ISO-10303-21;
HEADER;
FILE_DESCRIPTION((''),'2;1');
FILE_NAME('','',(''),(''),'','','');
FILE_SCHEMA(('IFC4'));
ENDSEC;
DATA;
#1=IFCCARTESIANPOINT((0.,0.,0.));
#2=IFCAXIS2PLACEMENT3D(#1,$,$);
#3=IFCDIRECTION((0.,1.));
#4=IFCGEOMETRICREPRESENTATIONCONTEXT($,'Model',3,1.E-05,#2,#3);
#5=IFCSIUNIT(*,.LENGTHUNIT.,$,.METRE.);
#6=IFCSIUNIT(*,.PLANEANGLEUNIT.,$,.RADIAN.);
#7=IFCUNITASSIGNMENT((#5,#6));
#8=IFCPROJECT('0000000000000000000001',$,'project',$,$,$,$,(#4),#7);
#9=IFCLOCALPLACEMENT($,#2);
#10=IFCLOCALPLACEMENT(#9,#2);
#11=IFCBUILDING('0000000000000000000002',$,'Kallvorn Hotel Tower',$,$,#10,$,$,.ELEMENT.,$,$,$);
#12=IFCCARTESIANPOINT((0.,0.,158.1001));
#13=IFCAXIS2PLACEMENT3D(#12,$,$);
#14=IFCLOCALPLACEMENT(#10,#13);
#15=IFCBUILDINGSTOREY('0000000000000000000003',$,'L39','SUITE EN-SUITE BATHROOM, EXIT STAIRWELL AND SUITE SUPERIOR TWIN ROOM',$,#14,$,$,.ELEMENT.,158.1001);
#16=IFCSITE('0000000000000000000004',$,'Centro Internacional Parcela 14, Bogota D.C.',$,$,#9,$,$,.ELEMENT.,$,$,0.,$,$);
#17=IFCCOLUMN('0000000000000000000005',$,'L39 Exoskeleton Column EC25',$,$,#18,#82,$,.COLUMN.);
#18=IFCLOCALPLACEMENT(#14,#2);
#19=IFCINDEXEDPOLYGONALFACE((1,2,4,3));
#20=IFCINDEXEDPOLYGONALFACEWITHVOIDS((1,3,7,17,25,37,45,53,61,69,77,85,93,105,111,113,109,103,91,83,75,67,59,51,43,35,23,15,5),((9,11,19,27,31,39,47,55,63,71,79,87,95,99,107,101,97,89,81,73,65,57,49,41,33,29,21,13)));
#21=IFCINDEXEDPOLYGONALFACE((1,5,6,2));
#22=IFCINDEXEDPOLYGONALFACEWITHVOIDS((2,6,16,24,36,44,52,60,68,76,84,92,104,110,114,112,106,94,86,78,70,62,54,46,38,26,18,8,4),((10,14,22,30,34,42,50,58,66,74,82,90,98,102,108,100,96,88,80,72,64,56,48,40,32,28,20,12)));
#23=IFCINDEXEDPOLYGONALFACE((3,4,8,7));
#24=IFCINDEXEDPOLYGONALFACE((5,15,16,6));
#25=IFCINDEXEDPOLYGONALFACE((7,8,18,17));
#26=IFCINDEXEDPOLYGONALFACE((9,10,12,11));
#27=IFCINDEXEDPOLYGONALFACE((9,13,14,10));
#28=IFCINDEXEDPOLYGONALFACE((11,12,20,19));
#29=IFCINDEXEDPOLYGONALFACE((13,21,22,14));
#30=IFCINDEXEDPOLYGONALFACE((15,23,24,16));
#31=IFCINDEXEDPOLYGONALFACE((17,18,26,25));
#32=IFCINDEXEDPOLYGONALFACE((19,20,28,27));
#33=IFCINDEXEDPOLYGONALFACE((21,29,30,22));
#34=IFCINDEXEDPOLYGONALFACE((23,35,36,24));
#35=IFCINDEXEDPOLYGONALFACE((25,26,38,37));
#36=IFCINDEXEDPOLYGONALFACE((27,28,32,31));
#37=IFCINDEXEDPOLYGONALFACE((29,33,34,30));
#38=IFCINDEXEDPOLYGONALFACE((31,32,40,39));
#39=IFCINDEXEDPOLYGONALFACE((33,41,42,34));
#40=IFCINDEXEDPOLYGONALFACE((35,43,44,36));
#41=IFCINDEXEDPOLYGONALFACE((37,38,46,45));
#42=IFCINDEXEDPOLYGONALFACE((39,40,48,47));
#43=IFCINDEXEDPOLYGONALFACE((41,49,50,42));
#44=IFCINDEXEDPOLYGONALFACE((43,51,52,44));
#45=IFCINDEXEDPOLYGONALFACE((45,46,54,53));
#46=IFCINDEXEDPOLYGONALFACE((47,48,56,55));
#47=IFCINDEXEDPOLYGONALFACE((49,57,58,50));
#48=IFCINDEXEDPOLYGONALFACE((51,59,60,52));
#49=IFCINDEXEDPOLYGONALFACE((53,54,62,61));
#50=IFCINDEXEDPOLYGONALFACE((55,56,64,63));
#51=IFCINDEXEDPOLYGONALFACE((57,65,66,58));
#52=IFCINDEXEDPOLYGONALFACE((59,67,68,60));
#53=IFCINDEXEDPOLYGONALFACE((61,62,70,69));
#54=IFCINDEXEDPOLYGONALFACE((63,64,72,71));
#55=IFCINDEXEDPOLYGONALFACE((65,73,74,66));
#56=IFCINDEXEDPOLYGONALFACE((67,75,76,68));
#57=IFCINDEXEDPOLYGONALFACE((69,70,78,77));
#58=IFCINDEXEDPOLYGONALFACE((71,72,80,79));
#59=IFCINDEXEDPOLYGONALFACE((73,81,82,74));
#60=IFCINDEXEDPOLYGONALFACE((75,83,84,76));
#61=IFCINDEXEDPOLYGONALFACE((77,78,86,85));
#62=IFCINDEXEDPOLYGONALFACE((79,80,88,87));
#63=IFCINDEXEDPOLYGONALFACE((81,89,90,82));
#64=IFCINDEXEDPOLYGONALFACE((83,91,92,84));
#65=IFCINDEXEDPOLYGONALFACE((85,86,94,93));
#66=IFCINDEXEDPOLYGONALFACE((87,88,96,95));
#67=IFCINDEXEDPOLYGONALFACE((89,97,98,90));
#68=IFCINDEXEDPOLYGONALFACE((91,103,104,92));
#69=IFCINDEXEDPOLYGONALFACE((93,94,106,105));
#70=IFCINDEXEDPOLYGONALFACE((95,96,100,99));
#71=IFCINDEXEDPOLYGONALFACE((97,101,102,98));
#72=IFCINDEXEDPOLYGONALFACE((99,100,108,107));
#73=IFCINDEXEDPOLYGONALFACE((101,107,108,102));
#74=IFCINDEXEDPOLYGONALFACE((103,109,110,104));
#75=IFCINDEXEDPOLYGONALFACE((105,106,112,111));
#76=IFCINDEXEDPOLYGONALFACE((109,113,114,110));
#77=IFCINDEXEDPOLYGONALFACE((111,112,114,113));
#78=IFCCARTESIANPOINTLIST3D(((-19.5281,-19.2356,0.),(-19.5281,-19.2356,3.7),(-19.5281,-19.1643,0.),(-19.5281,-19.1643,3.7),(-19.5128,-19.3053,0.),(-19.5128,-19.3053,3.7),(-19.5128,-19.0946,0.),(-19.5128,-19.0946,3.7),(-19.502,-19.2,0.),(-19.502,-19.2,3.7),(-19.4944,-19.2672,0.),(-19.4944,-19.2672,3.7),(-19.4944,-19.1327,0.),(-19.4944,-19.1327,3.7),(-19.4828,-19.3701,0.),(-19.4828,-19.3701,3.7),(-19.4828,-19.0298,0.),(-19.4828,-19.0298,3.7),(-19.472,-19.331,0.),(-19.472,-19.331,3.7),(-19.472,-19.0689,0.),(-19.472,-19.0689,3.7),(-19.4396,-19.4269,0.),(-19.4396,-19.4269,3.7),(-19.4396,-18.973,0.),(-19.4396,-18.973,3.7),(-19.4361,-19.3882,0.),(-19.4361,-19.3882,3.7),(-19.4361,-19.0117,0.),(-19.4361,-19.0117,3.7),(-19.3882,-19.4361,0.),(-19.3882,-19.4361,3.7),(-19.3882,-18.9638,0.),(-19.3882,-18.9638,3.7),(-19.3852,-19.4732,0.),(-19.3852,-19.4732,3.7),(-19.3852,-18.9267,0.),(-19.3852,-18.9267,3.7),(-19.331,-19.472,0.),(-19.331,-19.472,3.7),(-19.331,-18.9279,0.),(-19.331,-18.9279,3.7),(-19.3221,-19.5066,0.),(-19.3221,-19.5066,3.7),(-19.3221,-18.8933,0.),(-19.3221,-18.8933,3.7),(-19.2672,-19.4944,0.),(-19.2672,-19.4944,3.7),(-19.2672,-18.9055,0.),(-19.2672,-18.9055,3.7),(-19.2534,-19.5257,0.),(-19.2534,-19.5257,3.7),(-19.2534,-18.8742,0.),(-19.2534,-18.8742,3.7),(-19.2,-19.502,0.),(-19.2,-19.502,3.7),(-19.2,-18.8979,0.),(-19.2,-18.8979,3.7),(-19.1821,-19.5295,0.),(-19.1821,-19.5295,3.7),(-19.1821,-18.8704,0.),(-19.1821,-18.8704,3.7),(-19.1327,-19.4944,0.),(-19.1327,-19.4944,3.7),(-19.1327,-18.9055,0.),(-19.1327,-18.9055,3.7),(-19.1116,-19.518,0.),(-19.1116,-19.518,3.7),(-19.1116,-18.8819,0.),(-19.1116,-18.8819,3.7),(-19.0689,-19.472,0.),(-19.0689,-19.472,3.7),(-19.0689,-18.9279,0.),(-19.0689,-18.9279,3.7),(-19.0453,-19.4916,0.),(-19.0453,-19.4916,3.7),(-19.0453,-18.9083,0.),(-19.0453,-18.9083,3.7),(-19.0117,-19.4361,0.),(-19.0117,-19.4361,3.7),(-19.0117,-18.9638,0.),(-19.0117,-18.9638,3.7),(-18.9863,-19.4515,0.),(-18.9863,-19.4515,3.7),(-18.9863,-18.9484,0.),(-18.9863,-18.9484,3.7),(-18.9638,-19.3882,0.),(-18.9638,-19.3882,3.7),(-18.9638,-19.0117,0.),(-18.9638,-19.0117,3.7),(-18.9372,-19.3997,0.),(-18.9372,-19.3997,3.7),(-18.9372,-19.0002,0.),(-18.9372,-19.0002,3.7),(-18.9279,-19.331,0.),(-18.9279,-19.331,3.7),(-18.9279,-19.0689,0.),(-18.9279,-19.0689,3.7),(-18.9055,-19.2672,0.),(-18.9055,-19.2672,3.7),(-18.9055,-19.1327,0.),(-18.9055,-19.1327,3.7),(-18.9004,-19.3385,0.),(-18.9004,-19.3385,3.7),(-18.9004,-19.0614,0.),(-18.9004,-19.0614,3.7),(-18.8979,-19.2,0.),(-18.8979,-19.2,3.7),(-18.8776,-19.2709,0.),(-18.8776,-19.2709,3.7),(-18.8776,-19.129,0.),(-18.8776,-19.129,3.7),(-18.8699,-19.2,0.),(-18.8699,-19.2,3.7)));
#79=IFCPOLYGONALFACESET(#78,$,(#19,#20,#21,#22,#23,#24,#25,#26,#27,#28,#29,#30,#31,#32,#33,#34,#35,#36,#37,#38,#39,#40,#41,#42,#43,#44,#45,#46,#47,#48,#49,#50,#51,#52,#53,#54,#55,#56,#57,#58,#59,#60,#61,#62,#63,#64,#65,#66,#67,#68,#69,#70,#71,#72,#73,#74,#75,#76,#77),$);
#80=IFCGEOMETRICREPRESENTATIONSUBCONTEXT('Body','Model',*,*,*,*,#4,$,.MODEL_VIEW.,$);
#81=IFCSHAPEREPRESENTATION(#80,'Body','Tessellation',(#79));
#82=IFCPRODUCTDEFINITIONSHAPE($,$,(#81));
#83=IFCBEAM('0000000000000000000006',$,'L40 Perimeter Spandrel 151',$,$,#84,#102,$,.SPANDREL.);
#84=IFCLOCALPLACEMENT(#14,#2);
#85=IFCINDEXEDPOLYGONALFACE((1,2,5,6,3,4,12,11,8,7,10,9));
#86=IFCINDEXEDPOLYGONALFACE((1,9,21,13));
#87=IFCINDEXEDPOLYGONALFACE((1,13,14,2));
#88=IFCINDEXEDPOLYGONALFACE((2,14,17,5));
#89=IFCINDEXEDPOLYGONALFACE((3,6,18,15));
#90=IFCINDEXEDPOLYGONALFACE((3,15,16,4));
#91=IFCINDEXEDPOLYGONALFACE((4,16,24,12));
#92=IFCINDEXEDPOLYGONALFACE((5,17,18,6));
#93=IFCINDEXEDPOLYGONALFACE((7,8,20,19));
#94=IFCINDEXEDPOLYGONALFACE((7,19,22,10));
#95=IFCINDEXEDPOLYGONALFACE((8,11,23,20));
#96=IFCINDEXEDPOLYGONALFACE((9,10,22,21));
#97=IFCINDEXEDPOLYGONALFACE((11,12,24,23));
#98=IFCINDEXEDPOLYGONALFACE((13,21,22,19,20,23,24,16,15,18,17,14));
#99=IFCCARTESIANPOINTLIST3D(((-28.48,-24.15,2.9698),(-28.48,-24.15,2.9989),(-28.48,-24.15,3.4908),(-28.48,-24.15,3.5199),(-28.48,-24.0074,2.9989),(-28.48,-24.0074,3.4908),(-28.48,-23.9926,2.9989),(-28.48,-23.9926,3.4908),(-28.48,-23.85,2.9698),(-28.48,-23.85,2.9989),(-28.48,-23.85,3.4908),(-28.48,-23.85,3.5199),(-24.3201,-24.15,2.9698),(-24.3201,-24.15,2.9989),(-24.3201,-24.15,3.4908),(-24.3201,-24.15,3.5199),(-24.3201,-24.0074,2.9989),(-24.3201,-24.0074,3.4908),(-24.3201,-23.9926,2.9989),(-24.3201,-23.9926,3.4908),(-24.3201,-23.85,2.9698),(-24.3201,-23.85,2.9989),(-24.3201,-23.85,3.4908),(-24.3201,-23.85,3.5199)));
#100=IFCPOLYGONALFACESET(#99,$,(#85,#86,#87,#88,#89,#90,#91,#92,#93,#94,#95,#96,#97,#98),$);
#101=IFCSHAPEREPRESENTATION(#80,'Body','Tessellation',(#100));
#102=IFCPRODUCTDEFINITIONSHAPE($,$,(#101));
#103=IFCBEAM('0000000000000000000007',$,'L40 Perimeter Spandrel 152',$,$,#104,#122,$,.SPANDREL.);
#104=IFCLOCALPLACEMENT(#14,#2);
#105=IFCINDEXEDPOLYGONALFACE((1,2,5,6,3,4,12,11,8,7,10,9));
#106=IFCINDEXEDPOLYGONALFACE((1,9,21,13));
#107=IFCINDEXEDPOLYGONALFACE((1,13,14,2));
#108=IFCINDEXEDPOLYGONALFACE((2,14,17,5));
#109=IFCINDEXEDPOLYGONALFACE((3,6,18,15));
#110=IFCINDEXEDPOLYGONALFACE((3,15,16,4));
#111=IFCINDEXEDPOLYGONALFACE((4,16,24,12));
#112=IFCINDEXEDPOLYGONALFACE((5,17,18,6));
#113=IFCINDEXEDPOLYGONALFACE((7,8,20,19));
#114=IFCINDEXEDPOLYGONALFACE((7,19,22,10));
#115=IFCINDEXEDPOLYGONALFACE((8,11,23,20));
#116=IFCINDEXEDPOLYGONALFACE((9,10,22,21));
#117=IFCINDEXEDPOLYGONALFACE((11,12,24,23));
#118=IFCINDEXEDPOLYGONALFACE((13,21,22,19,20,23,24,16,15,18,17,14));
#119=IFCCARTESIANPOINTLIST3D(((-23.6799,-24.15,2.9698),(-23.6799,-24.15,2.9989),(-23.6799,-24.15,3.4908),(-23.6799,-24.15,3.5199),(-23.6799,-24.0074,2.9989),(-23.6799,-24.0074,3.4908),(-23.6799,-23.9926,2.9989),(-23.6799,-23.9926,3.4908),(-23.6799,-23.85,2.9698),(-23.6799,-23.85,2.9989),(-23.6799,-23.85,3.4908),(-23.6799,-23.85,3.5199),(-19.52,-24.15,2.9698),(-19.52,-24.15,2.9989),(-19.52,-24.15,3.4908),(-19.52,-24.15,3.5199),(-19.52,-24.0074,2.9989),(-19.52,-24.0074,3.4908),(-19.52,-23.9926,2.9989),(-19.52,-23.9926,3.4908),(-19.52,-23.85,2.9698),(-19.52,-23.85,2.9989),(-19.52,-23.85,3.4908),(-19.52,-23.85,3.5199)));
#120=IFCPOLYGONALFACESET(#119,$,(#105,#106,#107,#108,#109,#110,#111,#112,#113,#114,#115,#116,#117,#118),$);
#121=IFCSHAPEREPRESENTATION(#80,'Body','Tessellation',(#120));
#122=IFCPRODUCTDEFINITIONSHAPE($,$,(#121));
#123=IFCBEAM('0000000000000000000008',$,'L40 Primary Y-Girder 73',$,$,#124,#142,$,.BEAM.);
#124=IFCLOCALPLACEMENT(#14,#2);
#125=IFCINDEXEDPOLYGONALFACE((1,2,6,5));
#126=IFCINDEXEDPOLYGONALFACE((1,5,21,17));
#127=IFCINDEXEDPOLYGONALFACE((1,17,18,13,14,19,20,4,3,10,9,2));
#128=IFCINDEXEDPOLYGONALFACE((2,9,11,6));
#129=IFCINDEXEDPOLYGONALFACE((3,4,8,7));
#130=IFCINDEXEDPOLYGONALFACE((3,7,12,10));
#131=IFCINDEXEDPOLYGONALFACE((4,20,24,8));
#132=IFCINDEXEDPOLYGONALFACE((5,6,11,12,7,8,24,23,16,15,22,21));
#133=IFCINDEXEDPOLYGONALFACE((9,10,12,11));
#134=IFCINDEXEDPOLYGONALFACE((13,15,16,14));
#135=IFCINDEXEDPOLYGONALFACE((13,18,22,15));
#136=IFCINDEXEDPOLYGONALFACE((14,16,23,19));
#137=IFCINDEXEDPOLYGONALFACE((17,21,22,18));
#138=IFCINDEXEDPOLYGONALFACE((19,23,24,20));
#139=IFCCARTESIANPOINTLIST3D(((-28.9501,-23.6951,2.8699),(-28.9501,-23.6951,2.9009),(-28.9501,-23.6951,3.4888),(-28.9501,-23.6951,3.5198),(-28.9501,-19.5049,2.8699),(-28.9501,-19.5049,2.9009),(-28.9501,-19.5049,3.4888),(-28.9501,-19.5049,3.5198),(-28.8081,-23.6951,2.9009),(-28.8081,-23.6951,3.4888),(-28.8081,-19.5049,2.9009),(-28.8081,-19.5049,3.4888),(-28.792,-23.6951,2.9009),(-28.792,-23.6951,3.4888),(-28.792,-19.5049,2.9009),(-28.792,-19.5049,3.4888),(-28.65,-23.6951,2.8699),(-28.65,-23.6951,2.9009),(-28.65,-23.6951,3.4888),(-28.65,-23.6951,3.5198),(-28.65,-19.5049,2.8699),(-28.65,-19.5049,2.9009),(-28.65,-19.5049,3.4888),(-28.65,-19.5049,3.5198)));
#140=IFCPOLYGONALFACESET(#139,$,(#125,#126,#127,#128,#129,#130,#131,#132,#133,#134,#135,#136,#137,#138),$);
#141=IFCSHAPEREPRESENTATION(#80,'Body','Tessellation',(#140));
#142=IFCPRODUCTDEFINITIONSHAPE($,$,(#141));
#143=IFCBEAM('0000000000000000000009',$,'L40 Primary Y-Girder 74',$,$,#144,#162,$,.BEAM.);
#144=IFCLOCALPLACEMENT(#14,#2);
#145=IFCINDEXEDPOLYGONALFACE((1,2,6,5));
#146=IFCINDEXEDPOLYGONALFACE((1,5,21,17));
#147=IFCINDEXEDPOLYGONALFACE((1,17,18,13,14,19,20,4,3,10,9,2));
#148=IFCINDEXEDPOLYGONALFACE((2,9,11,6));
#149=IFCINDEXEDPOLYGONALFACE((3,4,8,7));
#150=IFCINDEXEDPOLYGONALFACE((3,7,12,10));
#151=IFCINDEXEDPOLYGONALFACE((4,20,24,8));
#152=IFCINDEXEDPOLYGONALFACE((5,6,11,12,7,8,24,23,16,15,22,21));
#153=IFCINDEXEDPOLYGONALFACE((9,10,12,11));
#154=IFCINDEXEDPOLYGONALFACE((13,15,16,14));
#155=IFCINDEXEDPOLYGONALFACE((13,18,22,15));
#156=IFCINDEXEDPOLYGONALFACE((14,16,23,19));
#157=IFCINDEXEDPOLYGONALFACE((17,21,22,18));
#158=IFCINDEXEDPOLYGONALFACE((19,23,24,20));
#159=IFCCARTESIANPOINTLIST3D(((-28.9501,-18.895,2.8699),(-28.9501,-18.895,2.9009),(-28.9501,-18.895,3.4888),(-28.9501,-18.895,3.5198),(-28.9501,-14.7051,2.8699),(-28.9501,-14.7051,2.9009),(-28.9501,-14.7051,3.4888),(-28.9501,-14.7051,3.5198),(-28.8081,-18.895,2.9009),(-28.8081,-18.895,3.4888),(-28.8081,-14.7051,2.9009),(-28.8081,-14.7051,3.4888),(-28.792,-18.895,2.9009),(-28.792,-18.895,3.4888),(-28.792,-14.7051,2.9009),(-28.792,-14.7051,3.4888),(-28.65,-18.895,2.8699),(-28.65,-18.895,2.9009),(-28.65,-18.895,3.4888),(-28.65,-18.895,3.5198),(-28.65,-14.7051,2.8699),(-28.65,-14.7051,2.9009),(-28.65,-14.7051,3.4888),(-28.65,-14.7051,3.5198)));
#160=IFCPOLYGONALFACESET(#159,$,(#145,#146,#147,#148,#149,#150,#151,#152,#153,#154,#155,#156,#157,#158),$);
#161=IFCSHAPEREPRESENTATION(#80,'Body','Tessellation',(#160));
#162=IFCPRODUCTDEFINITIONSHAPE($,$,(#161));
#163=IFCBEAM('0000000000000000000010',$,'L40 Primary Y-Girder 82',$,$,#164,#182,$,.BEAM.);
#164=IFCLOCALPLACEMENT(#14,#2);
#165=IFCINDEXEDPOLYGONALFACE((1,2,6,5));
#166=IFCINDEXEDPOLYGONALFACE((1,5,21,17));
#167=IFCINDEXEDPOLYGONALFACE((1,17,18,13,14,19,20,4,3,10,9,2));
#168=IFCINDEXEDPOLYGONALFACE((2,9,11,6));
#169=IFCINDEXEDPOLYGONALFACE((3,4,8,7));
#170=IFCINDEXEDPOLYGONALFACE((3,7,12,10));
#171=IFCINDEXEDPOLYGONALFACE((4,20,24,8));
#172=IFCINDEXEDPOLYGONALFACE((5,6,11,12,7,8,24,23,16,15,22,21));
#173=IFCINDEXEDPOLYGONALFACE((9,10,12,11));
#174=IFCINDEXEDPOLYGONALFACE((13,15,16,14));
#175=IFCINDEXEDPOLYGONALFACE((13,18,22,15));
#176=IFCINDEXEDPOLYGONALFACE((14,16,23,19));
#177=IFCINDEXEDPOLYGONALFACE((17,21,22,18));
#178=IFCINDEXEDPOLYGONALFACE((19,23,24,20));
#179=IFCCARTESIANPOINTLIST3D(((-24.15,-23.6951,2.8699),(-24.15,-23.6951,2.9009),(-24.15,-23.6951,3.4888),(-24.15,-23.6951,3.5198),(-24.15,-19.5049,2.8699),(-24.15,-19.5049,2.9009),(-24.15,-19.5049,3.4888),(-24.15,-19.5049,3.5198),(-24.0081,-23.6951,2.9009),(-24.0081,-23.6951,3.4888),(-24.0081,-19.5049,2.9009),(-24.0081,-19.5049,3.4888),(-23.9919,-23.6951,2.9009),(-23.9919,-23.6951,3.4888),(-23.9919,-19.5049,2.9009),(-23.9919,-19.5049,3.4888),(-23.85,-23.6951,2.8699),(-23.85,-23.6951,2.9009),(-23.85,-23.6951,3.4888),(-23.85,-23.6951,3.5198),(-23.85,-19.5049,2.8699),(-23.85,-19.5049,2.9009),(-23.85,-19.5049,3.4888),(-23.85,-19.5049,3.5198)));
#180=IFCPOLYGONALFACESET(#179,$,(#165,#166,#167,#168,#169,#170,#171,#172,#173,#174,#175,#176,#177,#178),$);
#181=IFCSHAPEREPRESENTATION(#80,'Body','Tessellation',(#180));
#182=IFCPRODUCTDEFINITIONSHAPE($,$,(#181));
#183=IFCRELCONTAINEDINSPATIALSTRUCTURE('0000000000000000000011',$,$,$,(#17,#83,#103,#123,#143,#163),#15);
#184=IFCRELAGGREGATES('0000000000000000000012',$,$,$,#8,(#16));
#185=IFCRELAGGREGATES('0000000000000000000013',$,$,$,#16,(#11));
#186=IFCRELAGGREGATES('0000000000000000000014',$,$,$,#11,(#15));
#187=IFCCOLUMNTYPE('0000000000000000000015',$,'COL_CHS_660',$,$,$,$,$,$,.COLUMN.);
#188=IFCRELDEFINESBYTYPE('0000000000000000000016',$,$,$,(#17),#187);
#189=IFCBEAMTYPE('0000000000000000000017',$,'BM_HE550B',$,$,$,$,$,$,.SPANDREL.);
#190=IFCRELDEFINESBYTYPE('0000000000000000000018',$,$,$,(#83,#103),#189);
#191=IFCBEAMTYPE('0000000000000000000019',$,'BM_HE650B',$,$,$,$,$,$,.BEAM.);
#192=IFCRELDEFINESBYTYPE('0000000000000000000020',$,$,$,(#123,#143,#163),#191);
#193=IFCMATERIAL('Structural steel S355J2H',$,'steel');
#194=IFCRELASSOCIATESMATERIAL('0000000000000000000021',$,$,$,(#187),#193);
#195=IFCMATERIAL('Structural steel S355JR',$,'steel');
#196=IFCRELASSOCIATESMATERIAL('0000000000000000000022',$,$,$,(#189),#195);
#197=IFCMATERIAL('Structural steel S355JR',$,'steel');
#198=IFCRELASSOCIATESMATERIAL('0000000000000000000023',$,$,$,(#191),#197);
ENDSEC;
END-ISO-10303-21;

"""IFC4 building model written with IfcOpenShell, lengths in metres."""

from ifc_helpers import new_model, si_unit, direction, frame, origin, origin_2d, place, context, subcontext, project, spatial, hollow_circle, i_section, extrude, material, material_profile, profile_set, type_object, element, save


model = new_model("IFC4")

# Units and contexts
model_context = context("Model", 3, precision=1e-05, world=origin(), true_north=direction((0.0, 1.0)))
body_context = subcontext(model_context, "Body", "Model", "MODEL_VIEW")
ifc_project = project(units=[si_unit("LENGTHUNIT", "METRE"), si_unit("PLANEANGLEUNIT", "RADIAN")], contexts=[model_context])

# Site, building, storey
site_placement = place(None, origin())
site = spatial("IfcSite", under=ifc_project, at=site_placement, Name="Centro Internacional Parcela 14, Bogota D.C.", CompositionType="ELEMENT", RefElevation=0.0)
building_placement = place(site_placement, origin())
building = spatial("IfcBuilding", under=site, at=building_placement, Name="Kallvorn Hotel Tower", CompositionType="ELEMENT")
storey_placement = place(building_placement, frame((0.0, 0.0, 158.1001)))
storey = spatial("IfcBuildingStorey", under=building, at=storey_placement, Name="L39", Description="SUITE EN-SUITE BATHROOM, EXIT STAIRWELL AND SUITE SUPERIOR TWIN ROOM", CompositionType="ELEMENT", Elevation=158.1001)

# Column
ifc_material_1 = material(Name="Structural steel S355J2H", Category="steel")
ifc_material_profile_1 = material_profile(ifc_material_1, hollow_circle(Radius=0.3301, WallThickness=0.0281, at=origin_2d()), Name="CHS 660x28")
ifc_profile_set_1 = profile_set([ifc_material_profile_1], Name="Structural steel S355J2H")
column_type = type_object("IfcColumnType", Name="COL_CHS_660", PredefinedType="COLUMN", material=ifc_profile_set_1)
for number, where, z_axis, x_axis, name in (
    (1, (-19.2, -19.2, 0.0), (0.0, 0.0, 1.0), (1.0, 0.0, 0.0), "L39 Exoskeleton Column EC25"),
):
    element("IfcColumn", number, at=place(storey_placement, frame(where, z_axis=z_axis, x_axis=x_axis)), inside=storey, type_object=column_type, Name=name, PredefinedType="COLUMN", context=body_context, shape_type="SweptSolid", body=[
        extrude(hollow_circle(Radius=0.3301, WallThickness=0.0281, at=origin_2d()), origin(), (0.0, 0.0, 1.0), 3.7),
    ])

# Beams
ifc_material_2 = material(Name="Structural steel S355JR", Category="steel")
ifc_material_profile_2 = material_profile(ifc_material_2, i_section(OverallWidth=0.3, OverallDepth=0.55, WebThickness=0.0149, FlangeThickness=0.0291, at=origin_2d()), Name="HE 550 B")
ifc_profile_set_2 = profile_set([ifc_material_profile_2], Name="Structural steel S355JR")
beam_type_1 = type_object("IfcBeamType", Name="BM_HE550B", PredefinedType="SPANDREL", material=ifc_profile_set_2)
for number, where, z_axis, x_axis, name in (
    (2, (-28.48, -24.0, 3.2449), (1.0, 0.0, 0.0), (0.0, 1.0, 0.0), "L40 Perimeter Spandrel 151"),
    (3, (-23.6799, -24.0, 3.2449), (1.0, 0.0, 0.0), (0.0, 1.0, 0.0), "L40 Perimeter Spandrel 152"),
):
    element("IfcBeam", number, at=place(storey_placement, frame(where, z_axis=z_axis, x_axis=x_axis)), inside=storey, type_object=beam_type_1, Name=name, PredefinedType="SPANDREL", context=body_context, shape_type="SweptSolid", body=[
        extrude(i_section(OverallWidth=0.3, OverallDepth=0.55, WebThickness=0.0149, FlangeThickness=0.0291, at=origin_2d()), origin(), (0.0, 0.0, 1.0), 4.1599),
    ])
ifc_material_3 = material(Name="Structural steel S355JR", Category="steel")
ifc_material_profile_3 = material_profile(ifc_material_3, i_section(OverallWidth=0.3, OverallDepth=0.6499, WebThickness=0.0161, FlangeThickness=0.031, at=origin_2d()), Name="HE 650 B")
ifc_profile_set_3 = profile_set([ifc_material_profile_3], Name="Structural steel S355JR")
beam_type_2 = type_object("IfcBeamType", Name="BM_HE650B", PredefinedType="BEAM", material=ifc_profile_set_3)
beam_1_placement = place(storey_placement, frame((-28.8, -23.6951, 3.1948), z_axis=(0.0, 1.0, 0.0), x_axis=(-1.0, 0.0, 0.0)))
element("IfcBeam", 4, at=beam_1_placement, inside=storey, type_object=beam_type_2, Name="L40 Primary Y-Girder 73", PredefinedType="BEAM", context=body_context, shape_type="SweptSolid", body=[
    extrude(i_section(OverallWidth=0.3, OverallDepth=0.6499, WebThickness=0.0161, FlangeThickness=0.031, at=origin_2d()), origin(), (0.0, 0.0, 1.0), 4.1902),
])
beam_2_placement = place(storey_placement, frame((-28.8, -18.895, 3.1948), z_axis=(0.0, 1.0, 0.0), x_axis=(-1.0, 0.0, 0.0)))
element("IfcBeam", 5, at=beam_2_placement, inside=storey, type_object=beam_type_2, Name="L40 Primary Y-Girder 74", PredefinedType="BEAM", context=body_context, shape_type="SweptSolid", body=[
    extrude(i_section(OverallWidth=0.3, OverallDepth=0.6499, WebThickness=0.0161, FlangeThickness=0.031, at=origin_2d()), origin(), (0.0, 0.0, 1.0), 4.1899),
])
beam_3_placement = place(storey_placement, frame((-24.0, -23.6951, 3.1948), z_axis=(0.0, 1.0, 0.0), x_axis=(-1.0, 0.0, 0.0)))
element("IfcBeam", 6, at=beam_3_placement, inside=storey, type_object=beam_type_2, Name="L40 Primary Y-Girder 82", PredefinedType="BEAM", context=body_context, shape_type="SweptSolid", body=[
    extrude(i_section(OverallWidth=0.3, OverallDepth=0.6499, WebThickness=0.0161, FlangeThickness=0.031, at=origin_2d()), origin(), (0.0, 0.0, 1.0), 4.1902),
])

save(model, "model.ifc")
